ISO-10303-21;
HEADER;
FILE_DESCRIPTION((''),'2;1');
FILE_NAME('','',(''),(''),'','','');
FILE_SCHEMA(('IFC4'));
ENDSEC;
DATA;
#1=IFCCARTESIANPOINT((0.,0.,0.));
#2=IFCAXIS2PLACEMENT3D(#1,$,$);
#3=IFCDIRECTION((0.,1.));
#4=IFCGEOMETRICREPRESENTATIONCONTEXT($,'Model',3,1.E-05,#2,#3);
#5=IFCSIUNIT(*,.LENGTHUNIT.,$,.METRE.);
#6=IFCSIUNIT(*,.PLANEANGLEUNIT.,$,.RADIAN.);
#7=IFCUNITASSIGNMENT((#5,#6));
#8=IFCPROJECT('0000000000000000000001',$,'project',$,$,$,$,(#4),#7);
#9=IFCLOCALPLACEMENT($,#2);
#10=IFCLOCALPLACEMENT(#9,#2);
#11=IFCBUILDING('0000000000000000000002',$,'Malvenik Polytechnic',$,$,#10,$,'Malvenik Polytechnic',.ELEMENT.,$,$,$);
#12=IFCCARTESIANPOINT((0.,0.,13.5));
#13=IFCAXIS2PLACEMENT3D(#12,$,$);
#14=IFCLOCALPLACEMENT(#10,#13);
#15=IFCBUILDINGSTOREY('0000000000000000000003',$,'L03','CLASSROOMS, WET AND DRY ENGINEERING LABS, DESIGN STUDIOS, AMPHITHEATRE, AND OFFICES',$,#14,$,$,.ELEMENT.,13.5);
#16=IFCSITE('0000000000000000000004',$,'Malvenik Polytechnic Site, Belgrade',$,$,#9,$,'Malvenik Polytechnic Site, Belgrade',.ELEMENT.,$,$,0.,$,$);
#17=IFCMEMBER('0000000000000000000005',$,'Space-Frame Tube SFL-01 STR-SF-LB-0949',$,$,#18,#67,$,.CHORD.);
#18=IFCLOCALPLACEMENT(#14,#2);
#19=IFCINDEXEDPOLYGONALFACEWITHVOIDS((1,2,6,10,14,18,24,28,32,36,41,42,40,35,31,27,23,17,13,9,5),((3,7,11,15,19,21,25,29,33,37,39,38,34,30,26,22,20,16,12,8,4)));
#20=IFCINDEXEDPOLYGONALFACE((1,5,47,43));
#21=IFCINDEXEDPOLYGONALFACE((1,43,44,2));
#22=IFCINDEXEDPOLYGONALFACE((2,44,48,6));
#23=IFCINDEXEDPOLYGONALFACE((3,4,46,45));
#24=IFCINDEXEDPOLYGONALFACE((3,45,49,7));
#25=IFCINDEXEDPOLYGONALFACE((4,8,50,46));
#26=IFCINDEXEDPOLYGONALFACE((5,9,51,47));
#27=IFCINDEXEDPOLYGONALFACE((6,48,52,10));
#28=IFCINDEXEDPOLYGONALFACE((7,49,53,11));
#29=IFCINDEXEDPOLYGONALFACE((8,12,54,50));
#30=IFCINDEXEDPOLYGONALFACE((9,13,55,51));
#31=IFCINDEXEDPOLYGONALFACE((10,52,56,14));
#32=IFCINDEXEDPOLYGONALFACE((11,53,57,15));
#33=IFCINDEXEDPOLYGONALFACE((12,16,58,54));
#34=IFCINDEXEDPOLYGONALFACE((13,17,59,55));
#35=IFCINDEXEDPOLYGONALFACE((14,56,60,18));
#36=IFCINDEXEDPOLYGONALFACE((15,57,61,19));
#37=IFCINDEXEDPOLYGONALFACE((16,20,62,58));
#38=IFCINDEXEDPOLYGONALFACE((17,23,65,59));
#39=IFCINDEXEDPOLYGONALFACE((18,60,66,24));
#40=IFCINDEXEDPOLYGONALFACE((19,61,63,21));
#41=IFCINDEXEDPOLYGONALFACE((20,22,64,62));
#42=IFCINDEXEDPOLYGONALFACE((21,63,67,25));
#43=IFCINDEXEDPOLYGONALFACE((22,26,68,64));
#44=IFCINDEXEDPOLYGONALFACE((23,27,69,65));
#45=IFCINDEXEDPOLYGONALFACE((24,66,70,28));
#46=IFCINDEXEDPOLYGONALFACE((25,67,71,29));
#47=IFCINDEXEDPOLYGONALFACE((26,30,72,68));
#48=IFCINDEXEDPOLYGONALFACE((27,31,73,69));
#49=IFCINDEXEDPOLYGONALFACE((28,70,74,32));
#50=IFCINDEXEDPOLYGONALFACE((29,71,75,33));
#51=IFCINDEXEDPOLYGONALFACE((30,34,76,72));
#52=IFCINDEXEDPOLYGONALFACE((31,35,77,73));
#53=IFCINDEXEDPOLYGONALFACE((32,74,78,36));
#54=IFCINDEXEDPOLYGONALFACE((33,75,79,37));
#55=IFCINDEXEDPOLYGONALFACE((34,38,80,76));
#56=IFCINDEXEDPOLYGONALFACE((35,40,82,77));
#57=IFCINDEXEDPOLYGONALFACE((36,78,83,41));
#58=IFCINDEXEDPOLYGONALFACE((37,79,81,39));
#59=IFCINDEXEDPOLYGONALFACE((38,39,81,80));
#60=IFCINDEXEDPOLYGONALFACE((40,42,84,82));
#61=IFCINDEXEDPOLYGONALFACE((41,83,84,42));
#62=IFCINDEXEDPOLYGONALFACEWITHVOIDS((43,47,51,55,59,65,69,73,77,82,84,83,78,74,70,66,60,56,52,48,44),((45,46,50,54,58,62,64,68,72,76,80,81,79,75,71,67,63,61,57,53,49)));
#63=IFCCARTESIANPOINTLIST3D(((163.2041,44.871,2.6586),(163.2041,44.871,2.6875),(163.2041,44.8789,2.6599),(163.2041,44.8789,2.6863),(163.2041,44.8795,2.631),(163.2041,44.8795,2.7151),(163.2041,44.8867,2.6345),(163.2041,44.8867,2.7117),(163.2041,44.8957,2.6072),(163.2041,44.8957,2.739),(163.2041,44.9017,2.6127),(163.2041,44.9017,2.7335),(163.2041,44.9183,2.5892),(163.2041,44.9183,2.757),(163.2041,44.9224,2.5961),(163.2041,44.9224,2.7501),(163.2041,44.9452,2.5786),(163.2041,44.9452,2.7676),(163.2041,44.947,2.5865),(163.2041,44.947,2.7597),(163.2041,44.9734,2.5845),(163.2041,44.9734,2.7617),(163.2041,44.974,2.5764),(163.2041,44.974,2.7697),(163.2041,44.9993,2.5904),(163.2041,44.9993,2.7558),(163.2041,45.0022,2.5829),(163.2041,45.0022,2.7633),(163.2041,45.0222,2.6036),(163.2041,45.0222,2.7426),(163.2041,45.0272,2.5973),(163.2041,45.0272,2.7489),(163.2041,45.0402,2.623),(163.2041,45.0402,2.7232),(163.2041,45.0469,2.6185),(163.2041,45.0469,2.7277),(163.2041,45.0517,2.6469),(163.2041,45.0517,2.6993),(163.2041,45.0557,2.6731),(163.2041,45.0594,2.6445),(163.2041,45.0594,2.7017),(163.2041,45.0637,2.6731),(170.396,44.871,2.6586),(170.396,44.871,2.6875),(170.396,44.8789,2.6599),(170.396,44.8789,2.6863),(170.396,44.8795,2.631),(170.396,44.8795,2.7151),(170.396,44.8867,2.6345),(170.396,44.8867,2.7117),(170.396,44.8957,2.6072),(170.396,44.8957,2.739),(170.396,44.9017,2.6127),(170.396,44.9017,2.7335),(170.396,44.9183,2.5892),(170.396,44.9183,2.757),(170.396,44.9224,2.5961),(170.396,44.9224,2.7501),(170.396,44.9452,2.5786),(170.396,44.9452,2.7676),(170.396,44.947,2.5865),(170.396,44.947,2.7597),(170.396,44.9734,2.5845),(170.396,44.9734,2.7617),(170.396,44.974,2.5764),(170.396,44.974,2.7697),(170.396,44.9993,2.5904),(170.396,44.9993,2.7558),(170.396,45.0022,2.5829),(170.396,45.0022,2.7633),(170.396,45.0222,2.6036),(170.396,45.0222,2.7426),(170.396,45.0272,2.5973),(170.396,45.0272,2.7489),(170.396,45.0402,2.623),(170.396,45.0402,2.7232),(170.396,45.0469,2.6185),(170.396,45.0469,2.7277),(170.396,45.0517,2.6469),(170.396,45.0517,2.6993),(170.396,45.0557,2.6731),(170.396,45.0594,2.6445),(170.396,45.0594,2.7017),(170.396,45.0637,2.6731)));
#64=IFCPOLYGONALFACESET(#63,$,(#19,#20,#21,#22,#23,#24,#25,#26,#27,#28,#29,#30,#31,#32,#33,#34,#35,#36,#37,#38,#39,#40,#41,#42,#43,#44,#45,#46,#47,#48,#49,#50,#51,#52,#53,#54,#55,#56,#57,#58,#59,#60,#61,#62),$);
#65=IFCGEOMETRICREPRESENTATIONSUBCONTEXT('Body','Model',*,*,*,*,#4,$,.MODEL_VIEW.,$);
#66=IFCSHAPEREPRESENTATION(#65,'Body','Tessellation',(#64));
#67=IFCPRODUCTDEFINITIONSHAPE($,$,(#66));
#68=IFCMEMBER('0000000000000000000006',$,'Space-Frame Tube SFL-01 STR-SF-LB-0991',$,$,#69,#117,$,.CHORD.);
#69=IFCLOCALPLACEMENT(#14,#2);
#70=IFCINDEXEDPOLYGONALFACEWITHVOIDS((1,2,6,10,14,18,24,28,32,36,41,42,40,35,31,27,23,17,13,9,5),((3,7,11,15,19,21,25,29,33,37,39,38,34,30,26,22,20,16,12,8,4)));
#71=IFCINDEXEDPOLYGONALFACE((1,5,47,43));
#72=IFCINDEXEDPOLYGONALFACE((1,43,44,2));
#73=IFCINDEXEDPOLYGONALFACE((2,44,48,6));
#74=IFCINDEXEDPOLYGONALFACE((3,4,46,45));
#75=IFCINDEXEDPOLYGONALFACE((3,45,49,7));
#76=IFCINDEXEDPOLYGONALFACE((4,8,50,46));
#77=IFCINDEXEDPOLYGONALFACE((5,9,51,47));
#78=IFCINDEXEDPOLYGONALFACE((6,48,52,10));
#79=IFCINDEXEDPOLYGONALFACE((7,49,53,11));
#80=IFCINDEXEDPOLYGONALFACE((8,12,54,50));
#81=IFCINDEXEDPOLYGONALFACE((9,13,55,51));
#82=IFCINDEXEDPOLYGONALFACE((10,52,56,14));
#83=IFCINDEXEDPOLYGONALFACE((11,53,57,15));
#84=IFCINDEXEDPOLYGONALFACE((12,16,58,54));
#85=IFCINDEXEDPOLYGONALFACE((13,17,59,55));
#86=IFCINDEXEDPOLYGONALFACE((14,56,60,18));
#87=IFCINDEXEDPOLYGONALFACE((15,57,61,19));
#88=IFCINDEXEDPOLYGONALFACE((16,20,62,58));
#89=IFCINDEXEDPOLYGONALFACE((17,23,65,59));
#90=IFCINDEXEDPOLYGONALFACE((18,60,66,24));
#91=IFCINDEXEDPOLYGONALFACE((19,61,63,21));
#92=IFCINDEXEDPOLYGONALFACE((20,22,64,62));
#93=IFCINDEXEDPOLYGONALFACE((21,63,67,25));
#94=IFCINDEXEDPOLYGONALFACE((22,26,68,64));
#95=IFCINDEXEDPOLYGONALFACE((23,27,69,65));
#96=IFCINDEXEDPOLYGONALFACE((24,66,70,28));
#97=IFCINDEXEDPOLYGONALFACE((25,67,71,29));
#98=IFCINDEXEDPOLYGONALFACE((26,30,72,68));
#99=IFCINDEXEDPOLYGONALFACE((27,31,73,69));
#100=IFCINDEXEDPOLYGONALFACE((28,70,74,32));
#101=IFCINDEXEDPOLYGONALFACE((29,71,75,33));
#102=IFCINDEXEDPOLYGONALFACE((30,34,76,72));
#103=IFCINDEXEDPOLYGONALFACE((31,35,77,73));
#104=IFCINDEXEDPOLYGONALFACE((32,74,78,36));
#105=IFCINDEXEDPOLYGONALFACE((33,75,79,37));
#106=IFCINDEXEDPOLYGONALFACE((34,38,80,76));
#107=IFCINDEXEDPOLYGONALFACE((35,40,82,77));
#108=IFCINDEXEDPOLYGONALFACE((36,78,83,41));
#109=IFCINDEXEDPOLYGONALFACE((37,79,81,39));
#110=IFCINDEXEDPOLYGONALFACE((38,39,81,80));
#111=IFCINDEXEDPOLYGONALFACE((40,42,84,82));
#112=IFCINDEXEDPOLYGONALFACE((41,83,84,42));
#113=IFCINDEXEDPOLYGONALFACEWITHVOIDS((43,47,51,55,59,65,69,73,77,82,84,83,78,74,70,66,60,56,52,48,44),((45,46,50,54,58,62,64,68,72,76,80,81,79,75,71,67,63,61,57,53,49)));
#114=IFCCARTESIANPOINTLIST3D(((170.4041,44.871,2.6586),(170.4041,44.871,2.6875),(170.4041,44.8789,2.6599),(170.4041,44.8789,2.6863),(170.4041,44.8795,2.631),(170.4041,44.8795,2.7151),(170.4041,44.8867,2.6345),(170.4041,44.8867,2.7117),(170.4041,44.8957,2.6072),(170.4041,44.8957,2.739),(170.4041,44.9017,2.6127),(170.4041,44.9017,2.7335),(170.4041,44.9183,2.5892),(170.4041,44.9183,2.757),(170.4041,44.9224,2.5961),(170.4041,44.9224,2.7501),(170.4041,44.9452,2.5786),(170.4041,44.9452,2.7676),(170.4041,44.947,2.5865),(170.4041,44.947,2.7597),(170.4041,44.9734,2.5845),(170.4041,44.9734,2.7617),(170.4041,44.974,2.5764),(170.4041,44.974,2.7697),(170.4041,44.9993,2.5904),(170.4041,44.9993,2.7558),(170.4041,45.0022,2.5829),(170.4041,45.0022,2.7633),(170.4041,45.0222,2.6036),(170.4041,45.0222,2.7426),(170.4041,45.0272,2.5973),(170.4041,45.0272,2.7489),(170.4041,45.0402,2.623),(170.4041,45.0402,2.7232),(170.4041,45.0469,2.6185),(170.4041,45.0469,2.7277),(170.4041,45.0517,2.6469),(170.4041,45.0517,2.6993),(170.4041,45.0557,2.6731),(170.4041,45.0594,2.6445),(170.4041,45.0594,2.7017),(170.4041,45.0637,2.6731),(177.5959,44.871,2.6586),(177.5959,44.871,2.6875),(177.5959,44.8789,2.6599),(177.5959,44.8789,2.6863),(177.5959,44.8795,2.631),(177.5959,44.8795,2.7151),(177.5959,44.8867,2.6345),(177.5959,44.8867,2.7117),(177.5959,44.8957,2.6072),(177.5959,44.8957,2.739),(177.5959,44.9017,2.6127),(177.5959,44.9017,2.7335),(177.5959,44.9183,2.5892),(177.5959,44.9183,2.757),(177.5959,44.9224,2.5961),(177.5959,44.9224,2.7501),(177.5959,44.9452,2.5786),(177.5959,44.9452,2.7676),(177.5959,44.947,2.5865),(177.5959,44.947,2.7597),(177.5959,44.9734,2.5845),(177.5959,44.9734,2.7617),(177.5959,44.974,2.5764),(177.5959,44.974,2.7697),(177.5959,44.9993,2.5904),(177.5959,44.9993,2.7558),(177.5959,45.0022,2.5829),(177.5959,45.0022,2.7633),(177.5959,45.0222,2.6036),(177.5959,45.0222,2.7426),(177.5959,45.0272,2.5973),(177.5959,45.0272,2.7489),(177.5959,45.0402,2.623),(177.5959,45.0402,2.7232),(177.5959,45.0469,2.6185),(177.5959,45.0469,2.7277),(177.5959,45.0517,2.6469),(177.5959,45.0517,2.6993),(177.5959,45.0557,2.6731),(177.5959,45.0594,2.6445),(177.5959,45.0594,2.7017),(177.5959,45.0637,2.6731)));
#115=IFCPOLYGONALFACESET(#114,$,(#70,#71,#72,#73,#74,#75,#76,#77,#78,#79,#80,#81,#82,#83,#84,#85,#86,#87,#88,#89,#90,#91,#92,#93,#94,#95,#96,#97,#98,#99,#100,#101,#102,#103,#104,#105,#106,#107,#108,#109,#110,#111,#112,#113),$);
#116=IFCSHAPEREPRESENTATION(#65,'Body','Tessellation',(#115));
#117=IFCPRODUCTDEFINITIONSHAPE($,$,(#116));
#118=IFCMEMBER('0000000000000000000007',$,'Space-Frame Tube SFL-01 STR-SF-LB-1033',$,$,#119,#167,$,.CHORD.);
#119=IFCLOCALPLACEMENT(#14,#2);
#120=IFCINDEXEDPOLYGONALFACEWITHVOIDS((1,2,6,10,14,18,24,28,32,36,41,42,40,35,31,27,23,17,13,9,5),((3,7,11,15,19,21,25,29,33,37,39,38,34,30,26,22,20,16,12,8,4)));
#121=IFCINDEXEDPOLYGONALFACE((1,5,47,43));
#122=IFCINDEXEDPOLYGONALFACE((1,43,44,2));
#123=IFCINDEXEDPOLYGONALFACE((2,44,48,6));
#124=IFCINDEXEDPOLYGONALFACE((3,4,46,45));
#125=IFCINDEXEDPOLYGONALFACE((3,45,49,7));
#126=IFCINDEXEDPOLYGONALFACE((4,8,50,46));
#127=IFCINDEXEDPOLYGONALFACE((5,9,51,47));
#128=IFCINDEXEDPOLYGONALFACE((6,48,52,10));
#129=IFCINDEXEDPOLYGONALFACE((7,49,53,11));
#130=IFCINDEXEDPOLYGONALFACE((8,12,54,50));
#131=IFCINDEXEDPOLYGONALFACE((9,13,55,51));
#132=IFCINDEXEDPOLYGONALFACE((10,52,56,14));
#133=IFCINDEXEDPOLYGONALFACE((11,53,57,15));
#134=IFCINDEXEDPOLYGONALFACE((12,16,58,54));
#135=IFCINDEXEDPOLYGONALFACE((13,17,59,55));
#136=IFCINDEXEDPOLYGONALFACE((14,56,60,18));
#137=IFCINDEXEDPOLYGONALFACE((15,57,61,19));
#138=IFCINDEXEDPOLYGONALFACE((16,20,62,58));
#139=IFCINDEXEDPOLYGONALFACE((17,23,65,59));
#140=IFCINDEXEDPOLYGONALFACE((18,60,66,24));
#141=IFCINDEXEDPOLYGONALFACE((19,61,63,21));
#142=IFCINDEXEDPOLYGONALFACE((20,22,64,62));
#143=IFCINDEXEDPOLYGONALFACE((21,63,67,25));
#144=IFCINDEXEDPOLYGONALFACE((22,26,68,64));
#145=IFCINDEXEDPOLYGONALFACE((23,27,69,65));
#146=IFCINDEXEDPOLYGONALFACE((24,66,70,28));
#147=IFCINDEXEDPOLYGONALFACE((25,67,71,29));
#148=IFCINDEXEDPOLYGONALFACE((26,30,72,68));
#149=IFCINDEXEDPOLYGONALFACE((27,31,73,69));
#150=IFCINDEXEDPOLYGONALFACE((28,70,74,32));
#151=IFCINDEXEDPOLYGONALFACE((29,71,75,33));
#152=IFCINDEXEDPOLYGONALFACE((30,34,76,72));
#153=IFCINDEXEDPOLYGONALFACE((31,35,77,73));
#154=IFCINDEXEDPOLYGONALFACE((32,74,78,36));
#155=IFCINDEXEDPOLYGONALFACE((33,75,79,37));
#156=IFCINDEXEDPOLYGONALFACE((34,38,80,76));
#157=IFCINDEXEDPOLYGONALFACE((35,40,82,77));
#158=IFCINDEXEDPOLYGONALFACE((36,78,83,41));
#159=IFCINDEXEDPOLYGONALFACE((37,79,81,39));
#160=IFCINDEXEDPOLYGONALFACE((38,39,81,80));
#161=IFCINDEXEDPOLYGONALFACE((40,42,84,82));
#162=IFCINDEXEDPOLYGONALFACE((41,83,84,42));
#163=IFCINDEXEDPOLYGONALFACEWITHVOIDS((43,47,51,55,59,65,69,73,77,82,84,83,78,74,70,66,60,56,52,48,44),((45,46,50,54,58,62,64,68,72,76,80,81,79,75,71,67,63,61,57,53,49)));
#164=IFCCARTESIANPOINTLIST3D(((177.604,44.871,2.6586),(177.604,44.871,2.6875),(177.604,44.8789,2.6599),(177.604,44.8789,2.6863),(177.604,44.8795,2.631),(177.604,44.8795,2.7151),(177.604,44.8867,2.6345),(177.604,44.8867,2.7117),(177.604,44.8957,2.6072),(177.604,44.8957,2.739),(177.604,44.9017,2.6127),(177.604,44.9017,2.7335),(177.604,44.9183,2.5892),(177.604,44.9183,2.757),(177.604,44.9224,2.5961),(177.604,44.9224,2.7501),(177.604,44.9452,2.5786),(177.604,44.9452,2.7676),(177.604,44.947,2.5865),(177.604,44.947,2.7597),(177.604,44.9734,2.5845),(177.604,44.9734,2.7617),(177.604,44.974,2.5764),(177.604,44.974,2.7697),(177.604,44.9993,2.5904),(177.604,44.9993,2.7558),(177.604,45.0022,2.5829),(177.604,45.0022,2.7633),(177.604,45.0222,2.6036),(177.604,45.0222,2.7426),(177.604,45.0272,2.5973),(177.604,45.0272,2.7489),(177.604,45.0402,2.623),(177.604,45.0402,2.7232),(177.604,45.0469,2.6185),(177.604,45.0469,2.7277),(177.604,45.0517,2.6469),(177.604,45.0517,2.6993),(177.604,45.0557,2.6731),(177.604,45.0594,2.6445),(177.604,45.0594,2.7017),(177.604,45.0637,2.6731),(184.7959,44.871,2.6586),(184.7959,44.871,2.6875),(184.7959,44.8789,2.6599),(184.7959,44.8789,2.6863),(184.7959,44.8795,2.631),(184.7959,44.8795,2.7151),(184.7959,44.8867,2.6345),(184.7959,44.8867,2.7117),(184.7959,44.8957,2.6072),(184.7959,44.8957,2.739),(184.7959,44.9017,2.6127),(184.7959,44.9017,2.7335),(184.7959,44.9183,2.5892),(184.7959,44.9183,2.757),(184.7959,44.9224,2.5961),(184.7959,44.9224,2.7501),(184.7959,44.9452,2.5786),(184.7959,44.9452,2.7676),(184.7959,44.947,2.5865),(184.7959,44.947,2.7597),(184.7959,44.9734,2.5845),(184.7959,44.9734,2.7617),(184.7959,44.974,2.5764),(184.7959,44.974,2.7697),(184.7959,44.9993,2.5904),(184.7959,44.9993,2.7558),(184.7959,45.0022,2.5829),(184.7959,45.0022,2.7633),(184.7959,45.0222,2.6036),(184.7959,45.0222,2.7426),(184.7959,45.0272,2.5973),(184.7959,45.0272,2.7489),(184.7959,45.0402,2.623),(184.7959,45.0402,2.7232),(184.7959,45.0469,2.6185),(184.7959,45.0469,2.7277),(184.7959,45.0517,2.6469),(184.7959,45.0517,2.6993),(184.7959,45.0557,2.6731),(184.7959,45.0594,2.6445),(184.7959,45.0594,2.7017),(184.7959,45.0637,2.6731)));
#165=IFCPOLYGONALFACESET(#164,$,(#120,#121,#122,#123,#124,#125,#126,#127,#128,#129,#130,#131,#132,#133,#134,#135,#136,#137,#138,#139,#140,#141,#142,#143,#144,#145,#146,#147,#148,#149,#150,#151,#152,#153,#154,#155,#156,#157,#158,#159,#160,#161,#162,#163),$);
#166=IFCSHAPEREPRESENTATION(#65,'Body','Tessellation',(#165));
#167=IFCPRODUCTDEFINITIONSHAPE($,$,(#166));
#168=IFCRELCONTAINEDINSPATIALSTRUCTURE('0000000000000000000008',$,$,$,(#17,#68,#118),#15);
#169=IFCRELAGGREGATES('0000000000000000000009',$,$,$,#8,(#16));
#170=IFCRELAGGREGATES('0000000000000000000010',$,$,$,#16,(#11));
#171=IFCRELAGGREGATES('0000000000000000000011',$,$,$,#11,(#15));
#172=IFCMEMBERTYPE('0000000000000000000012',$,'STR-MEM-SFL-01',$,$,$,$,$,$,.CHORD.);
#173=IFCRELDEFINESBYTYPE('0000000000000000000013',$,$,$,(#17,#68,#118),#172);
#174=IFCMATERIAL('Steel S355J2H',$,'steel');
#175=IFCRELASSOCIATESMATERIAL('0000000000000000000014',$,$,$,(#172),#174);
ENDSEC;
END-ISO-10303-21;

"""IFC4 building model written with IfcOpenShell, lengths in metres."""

from ifc_helpers import new_model, si_unit, direction, frame, origin, origin_2d, place, context, subcontext, project, spatial, hollow_circle, extrude, material, material_profile, profile_set, type_object, element, save


model = new_model("IFC4")

# Units and contexts
model_context = context("Model", 3, precision=1e-05, world=origin(), true_north=direction((0.0, 1.0)))
body_context = subcontext(model_context, "Body", "Model", "MODEL_VIEW")
ifc_project = project(units=[si_unit("LENGTHUNIT", "METRE"), si_unit("PLANEANGLEUNIT", "RADIAN")], contexts=[model_context])

# Site, building, storey
site_placement = place(None, origin())
site = spatial("IfcSite", under=ifc_project, at=site_placement, Name="Malvenik Polytechnic Site, Belgrade", LongName="Malvenik Polytechnic Site, Belgrade", CompositionType="ELEMENT", RefElevation=0.0)
building_placement = place(site_placement, origin())
building = spatial("IfcBuilding", under=site, at=building_placement, Name="Malvenik Polytechnic", LongName="Malvenik Polytechnic", CompositionType="ELEMENT")
storey_placement = place(building_placement, frame((0.0, 0.0, 13.5)))
storey = spatial("IfcBuildingStorey", under=building, at=storey_placement, Name="L03", Description="CLASSROOMS, WET AND DRY ENGINEERING LABS, DESIGN STUDIOS, AMPHITHEATRE, AND OFFICES", CompositionType="ELEMENT", Elevation=13.5)

# Members
ifc_material_1 = material(Name="Steel S355J2H", Category="steel")
ifc_material_profile_1 = material_profile(ifc_material_1, hollow_circle(Radius=0.0969, WallThickness=0.0081, at=origin_2d()), Name="CHS 193.7x8.0")
ifc_profile_set_1 = profile_set([ifc_material_profile_1], Name="Steel S355J2H")
member_type_1 = type_object("IfcMemberType", Name="STR-MEM-SFL-01", PredefinedType="CHORD", material=ifc_profile_set_1)
for number, where, z_axis, x_axis, name in (
    (1, (163.2041, 44.9668, 2.6731), (1.0, 0.0, 0.0), (0.0, 1.0, 0.0), "Space-Frame Tube SFL-01 STR-SF-LB-0949"),
    (2, (170.4041, 44.9668, 2.6731), (1.0, 0.0, 0.0), (0.0, 1.0, 0.0), "Space-Frame Tube SFL-01 STR-SF-LB-0991"),
    (3, (177.604, 44.9668, 2.6731), (1.0, 0.0, 0.0), (0.0, 1.0, 0.0), "Space-Frame Tube SFL-01 STR-SF-LB-1033"),
):
    element("IfcMember", number, at=place(storey_placement, frame(where, z_axis=z_axis, x_axis=x_axis)), inside=storey, type_object=member_type_1, Name=name, PredefinedType="CHORD", context=body_context, shape_type="SweptSolid", body=[
        extrude(hollow_circle(Radius=0.0969, WallThickness=0.0081, at=origin_2d()), origin(), (0.0, 0.0, 1.0), 7.1919),
    ])

save(model, "model.ifc")
